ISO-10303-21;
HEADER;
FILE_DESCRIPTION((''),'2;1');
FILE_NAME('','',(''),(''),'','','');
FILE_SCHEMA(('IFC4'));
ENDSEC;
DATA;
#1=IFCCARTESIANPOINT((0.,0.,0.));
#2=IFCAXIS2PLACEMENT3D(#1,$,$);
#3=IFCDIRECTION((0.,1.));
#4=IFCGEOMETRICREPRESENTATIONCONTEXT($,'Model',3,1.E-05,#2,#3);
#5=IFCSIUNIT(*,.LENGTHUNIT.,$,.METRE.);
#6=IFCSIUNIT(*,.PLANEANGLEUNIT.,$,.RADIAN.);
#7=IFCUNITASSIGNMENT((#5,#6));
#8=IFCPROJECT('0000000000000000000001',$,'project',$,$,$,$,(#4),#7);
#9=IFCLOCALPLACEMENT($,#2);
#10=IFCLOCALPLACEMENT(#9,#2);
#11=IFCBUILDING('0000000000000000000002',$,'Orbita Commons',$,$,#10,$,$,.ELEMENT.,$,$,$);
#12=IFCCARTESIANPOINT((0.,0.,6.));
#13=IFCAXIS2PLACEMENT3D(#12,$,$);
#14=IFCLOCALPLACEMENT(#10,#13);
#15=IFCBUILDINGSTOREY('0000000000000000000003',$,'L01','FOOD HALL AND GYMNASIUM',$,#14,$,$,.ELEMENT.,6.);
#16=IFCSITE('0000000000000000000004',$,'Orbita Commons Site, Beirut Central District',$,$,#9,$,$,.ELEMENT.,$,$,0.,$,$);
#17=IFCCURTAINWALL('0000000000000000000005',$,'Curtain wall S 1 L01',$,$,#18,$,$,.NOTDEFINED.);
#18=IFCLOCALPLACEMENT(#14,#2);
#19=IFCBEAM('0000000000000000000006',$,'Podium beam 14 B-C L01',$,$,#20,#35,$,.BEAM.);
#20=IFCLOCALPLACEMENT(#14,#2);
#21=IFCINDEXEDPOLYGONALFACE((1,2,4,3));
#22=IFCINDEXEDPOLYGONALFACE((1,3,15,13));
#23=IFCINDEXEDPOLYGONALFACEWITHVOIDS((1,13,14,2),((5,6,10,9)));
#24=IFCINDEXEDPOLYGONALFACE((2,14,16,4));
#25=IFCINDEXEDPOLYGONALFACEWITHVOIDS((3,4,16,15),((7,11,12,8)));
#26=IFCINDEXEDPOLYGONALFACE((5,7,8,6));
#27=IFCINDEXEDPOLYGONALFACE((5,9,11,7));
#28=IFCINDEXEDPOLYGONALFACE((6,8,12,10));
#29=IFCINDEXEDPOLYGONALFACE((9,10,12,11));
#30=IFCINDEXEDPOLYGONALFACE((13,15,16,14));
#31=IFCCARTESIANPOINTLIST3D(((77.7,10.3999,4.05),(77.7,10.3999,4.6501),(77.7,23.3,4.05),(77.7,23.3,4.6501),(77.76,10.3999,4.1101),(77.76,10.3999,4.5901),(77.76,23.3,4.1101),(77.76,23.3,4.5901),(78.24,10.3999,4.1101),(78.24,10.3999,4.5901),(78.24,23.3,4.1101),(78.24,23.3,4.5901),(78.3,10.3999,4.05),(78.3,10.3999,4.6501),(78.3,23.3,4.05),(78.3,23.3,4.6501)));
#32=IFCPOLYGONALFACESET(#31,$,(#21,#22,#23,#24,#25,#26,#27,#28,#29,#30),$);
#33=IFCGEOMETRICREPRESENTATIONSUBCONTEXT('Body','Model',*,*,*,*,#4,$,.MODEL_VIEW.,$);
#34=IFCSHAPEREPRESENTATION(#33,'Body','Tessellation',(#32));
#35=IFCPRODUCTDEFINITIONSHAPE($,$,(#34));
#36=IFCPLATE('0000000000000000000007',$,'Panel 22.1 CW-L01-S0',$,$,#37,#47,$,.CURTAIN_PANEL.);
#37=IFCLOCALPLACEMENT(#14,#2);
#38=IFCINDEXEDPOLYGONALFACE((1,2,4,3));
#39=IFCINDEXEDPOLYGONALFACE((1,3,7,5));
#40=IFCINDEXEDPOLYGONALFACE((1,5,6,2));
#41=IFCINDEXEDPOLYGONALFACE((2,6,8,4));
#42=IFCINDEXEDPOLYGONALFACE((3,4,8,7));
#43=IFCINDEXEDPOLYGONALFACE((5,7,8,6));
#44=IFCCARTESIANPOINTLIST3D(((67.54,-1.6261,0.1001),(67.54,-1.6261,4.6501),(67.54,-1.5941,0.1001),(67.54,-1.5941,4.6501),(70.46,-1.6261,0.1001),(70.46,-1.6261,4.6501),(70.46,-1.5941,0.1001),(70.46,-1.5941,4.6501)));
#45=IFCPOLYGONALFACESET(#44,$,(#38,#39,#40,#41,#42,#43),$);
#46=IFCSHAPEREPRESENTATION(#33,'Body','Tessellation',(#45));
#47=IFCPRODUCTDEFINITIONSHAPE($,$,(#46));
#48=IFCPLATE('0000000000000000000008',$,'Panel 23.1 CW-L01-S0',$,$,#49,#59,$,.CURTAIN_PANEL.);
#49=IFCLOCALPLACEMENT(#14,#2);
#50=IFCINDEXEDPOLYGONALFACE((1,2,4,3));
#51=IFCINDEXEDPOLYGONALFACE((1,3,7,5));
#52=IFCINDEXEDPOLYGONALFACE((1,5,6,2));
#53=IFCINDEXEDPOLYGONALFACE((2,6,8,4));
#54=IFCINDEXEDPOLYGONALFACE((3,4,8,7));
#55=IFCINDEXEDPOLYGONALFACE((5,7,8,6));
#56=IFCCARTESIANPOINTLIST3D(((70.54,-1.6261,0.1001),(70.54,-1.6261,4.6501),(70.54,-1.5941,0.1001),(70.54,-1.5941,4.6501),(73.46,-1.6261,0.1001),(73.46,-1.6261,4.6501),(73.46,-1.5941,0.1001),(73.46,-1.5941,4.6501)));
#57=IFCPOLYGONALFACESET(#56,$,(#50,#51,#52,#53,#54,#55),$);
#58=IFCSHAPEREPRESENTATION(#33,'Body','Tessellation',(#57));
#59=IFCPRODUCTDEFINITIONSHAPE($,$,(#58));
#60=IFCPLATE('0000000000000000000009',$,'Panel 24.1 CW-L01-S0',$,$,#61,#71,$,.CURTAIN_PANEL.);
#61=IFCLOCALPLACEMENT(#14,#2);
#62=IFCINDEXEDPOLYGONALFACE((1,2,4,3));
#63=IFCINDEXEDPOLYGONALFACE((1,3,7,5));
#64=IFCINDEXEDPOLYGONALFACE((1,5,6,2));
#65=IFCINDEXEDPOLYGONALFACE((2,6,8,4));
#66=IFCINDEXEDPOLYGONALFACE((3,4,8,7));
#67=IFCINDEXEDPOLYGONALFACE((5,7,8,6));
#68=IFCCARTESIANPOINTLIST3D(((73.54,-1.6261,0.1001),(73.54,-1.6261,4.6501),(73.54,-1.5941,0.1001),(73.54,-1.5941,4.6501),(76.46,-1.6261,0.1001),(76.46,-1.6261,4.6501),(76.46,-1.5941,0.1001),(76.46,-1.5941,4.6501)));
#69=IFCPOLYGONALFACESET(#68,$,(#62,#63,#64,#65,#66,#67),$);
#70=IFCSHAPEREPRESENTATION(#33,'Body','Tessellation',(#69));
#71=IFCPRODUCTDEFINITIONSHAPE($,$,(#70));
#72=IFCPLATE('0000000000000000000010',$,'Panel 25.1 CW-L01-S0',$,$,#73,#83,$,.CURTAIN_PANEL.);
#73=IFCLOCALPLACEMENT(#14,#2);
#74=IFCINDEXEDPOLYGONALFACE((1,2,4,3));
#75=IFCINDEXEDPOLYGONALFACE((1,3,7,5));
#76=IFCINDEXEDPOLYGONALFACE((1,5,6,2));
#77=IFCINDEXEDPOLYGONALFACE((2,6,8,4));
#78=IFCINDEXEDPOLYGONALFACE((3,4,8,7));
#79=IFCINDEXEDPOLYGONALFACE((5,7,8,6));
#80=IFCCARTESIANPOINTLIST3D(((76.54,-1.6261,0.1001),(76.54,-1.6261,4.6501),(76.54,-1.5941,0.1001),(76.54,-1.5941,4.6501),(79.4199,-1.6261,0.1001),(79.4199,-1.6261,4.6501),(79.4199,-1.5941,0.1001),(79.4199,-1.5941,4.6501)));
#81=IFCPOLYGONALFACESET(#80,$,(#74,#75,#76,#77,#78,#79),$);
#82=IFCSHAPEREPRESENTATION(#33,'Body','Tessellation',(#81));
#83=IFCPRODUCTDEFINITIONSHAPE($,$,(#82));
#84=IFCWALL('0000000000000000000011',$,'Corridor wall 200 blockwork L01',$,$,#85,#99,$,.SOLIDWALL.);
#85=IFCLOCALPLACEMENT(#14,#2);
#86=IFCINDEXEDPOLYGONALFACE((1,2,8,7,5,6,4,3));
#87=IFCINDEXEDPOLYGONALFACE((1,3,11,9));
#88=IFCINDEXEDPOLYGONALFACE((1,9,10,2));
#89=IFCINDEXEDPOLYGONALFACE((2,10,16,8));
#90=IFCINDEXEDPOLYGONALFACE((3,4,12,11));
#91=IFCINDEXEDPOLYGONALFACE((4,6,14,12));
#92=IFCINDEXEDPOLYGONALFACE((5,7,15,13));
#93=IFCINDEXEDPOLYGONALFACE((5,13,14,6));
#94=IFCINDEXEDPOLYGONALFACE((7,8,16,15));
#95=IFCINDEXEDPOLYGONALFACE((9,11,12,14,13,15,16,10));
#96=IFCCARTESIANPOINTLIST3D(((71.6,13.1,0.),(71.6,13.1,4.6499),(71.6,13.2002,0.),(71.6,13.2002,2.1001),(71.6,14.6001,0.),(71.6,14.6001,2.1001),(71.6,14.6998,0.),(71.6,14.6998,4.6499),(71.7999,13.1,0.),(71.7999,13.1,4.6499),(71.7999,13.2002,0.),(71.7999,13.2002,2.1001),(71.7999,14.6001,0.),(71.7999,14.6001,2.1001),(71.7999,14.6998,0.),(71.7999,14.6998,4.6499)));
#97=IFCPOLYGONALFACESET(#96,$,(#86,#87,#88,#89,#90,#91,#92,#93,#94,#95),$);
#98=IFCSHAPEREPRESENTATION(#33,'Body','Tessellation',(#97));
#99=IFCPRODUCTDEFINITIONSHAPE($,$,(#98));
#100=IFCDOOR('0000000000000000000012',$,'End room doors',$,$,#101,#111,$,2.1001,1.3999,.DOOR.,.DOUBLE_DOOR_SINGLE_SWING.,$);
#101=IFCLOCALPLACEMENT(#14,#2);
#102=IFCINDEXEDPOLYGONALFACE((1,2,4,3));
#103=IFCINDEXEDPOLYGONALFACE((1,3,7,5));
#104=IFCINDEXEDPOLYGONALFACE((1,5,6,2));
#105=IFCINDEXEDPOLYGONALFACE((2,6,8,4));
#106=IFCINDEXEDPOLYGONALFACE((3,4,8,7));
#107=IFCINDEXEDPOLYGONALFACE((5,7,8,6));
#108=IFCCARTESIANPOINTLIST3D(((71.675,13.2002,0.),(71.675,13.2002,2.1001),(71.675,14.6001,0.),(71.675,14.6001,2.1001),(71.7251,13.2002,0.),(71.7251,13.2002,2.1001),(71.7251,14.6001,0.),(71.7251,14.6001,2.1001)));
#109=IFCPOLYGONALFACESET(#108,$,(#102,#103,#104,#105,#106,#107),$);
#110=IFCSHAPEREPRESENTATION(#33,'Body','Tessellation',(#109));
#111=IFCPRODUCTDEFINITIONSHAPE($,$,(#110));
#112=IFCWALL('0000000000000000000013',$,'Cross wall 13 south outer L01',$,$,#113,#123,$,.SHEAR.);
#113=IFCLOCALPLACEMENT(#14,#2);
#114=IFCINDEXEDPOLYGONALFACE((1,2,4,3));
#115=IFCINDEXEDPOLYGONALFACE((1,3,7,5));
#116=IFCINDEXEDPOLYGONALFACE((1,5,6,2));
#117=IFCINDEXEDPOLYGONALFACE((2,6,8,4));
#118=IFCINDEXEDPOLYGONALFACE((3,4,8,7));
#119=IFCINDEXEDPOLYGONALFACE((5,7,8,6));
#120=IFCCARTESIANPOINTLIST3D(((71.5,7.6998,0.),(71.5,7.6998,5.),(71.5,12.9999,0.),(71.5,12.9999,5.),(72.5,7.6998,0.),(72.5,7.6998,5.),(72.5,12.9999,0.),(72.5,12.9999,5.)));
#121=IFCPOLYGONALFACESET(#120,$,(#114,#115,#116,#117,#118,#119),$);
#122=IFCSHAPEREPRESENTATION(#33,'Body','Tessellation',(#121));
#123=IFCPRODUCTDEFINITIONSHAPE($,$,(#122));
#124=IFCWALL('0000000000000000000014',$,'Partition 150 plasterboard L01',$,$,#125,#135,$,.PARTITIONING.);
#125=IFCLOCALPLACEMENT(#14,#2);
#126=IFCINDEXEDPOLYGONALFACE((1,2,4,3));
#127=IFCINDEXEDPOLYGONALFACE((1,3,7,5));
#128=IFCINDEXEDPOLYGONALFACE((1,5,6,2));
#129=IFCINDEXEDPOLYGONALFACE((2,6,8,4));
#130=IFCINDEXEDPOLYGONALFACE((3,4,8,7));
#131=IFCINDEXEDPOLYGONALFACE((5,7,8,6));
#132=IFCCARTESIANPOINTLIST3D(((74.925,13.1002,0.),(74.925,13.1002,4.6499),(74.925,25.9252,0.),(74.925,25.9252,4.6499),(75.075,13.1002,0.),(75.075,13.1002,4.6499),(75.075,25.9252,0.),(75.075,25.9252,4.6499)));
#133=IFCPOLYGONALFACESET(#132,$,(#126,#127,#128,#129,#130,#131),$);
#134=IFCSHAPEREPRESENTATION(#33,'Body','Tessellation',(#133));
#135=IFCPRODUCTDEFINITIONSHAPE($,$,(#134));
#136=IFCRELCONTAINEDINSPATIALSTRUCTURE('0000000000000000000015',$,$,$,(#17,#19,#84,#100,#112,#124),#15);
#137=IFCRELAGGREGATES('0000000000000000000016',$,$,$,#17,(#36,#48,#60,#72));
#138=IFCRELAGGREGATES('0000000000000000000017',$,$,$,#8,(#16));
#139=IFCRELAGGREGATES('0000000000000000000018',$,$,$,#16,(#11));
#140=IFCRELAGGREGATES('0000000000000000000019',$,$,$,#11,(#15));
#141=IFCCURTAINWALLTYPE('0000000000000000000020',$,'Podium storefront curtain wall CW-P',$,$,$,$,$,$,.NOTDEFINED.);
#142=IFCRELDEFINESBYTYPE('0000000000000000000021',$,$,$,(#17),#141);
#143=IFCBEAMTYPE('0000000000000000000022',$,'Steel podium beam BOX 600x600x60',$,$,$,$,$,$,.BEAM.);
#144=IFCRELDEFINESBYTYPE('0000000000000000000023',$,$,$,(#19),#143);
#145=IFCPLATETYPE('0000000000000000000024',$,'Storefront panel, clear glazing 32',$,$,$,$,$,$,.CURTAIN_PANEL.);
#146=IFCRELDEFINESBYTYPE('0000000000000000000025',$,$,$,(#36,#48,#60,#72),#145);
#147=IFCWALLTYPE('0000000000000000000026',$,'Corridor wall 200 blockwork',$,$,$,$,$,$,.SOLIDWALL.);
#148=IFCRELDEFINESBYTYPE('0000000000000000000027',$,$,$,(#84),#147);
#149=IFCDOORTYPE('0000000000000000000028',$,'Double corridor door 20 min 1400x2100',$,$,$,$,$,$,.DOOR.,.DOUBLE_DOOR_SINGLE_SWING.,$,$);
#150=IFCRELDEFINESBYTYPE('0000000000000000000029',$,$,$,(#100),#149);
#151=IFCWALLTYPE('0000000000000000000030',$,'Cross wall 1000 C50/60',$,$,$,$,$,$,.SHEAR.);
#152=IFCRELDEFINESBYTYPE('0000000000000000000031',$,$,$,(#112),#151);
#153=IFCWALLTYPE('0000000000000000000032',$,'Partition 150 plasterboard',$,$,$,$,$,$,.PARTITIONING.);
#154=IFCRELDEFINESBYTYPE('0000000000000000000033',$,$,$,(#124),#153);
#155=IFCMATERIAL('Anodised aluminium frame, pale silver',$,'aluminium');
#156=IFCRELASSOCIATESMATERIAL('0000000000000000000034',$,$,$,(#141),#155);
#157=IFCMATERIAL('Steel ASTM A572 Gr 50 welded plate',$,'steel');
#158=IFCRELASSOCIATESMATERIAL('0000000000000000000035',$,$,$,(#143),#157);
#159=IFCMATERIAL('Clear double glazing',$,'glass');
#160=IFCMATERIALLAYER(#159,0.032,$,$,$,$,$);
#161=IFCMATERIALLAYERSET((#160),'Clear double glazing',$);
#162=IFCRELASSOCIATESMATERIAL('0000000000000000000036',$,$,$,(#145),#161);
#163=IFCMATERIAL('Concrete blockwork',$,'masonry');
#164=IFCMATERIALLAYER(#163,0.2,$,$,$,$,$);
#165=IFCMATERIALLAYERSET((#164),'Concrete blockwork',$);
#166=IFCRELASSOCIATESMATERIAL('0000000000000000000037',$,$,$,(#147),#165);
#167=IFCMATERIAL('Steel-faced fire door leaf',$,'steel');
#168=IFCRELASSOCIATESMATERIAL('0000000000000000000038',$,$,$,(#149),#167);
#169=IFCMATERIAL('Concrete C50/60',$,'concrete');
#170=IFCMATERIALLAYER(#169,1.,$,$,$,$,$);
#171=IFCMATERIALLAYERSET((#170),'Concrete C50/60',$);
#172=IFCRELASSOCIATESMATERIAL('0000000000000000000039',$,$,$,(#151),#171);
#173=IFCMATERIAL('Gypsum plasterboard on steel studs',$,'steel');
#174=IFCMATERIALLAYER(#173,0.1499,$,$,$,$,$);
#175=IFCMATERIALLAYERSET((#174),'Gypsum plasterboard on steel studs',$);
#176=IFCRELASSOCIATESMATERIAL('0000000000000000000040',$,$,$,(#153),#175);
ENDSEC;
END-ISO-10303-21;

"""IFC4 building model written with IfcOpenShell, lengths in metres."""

from ifc_helpers import new_model, si_unit, direction, frame, frame_2d, origin, origin_2d, place, context, subcontext, project, spatial, rectangle, hollow_rectangle, extrude, material, layer, layer_set, material_profile, profile_set, type_object, element, fill, aggregate, save


model = new_model("IFC4")

# Units and contexts
model_context = context("Model", 3, precision=1e-05, world=origin(), true_north=direction((0.0, 1.0)))
body_context = subcontext(model_context, "Body", "Model", "MODEL_VIEW")
ifc_project = project(units=[si_unit("LENGTHUNIT", "METRE"), si_unit("PLANEANGLEUNIT", "RADIAN")], contexts=[model_context])

# Site, building, storey
site_placement = place(None, origin())
site = spatial("IfcSite", under=ifc_project, at=site_placement, Name="Orbita Commons Site, Beirut Central District", CompositionType="ELEMENT", RefElevation=0.0)
building_placement = place(site_placement, origin())
building = spatial("IfcBuilding", under=site, at=building_placement, Name="Orbita Commons", CompositionType="ELEMENT")
storey_placement = place(building_placement, frame((0.0, 0.0, 6.0)))
storey = spatial("IfcBuildingStorey", under=building, at=storey_placement, Name="L01", Description="FOOD HALL AND GYMNASIUM", CompositionType="ELEMENT", Elevation=6.0)

# Curtain wall
ifc_material_1 = material(Name="Anodised aluminium frame, pale silver", Category="aluminium")
curtain_wall_type = type_object("IfcCurtainWallType", Name="Podium storefront curtain wall CW-P", PredefinedType="NOTDEFINED", material=ifc_material_1)
curtain_wall_placement = place(storey_placement, origin())
curtain_wall = element("IfcCurtainWall", 1, at=curtain_wall_placement, inside=storey, type_object=curtain_wall_type, Name="Curtain wall S 1 L01", PredefinedType="NOTDEFINED")

# Beam
ifc_material_2 = material(Name="Steel ASTM A572 Gr 50 welded plate", Category="steel")
ifc_material_profile_1 = material_profile(ifc_material_2, hollow_rectangle(XDim=0.6001, YDim=0.6001, WallThickness=0.0601, at=origin_2d()), Name="BOX 600x600x60")
ifc_profile_set_1 = profile_set([ifc_material_profile_1], Name="Steel ASTM A572 Gr 50 welded plate")
beam_type = type_object("IfcBeamType", Name="Steel podium beam BOX 600x600x60", PredefinedType="BEAM", material=ifc_profile_set_1)
beam_1_placement = place(storey_placement, frame((78.0, 10.3999, 4.3501), z_axis=(0.0, 1.0, 0.0), x_axis=(-1.0, 0.0, 0.0)))
element("IfcBeam", 2, at=beam_1_placement, inside=storey, type_object=beam_type, Name="Podium beam 14 B-C L01", PredefinedType="BEAM", context=body_context, shape_type="SweptSolid", body=[
    extrude(hollow_rectangle(XDim=0.6001, YDim=0.6001, WallThickness=0.0601, at=origin_2d()), origin(), (0.0, 0.0, 1.0), 12.9001),
])

# Plates
ifc_material_3 = material(Name="Clear double glazing", Category="glass")
ifc_layer_1 = layer(ifc_material_3, 0.032)
ifc_layer_set_1 = layer_set([ifc_layer_1], Name="Clear double glazing")
plate_type = type_object("IfcPlateType", Name="Storefront panel, clear glazing 32", PredefinedType="CURTAIN_PANEL", material=ifc_layer_set_1)
plate_1_placement = place(storey_placement, frame((69.0, -1.6101, 0.1001), z_axis=(0.0, 0.0, 1.0), x_axis=(1.0, 0.0, 0.0)))
plate_1 = element("IfcPlate", 3, at=plate_1_placement, type_object=plate_type, Name="Panel 22.1 CW-L01-S0", PredefinedType="CURTAIN_PANEL", context=body_context, shape_type="SweptSolid", body=[
    extrude(rectangle(XDim=2.9199, YDim=0.032, at=origin_2d()), origin(), (0.0, 0.0, 1.0), 4.55),
])
plate_2_placement = place(storey_placement, frame((72.0, -1.6101, 0.1001), z_axis=(0.0, 0.0, 1.0), x_axis=(1.0, 0.0, 0.0)))
plate_2 = element("IfcPlate", 4, at=plate_2_placement, type_object=plate_type, Name="Panel 23.1 CW-L01-S0", PredefinedType="CURTAIN_PANEL", context=body_context, shape_type="SweptSolid", body=[
    extrude(rectangle(XDim=2.9199, YDim=0.032, at=origin_2d()), origin(), (0.0, 0.0, 1.0), 4.55),
])
plate_3_placement = place(storey_placement, frame((75.0, -1.6101, 0.1001), z_axis=(0.0, 0.0, 1.0), x_axis=(1.0, 0.0, 0.0)))
plate_3 = element("IfcPlate", 5, at=plate_3_placement, type_object=plate_type, Name="Panel 24.1 CW-L01-S0", PredefinedType="CURTAIN_PANEL", context=body_context, shape_type="SweptSolid", body=[
    extrude(rectangle(XDim=2.9199, YDim=0.032, at=origin_2d()), origin(), (0.0, 0.0, 1.0), 4.55),
])
plate_4_placement = place(storey_placement, frame((77.98, -1.6101, 0.1001), z_axis=(0.0, 0.0, 1.0), x_axis=(1.0, 0.0, 0.0)))
plate_4 = element("IfcPlate", 6, at=plate_4_placement, type_object=plate_type, Name="Panel 25.1 CW-L01-S0", PredefinedType="CURTAIN_PANEL", context=body_context, shape_type="SweptSolid", body=[
    extrude(rectangle(XDim=2.8799, YDim=0.032, at=origin_2d()), origin(), (0.0, 0.0, 1.0), 4.55),
])
aggregate(curtain_wall, [plate_1, plate_2, plate_3, plate_4])

# Wall, opening, door
ifc_material_4 = material(Name="Concrete blockwork", Category="masonry")
ifc_layer_2 = layer(ifc_material_4, 0.2)
ifc_layer_set_2 = layer_set([ifc_layer_2], Name="Concrete blockwork")
wall_type_1 = type_object("IfcWallType", Name="Corridor wall 200 blockwork", PredefinedType="SOLIDWALL", material=ifc_layer_set_2)
wall_1_placement = place(storey_placement, frame((71.7, 13.1001, 0.0), z_axis=(0.0, 0.0, 1.0), x_axis=(0.0, 1.0, 0.0)))
wall_1 = element("IfcWall", 7, at=wall_1_placement, inside=storey, type_object=wall_type_1, Name="Corridor wall 200 blockwork L01", PredefinedType="SOLIDWALL", context=body_context, shape_type="SweptSolid", body=[
    extrude(rectangle(XDim=1.5999, YDim=0.2, at=frame_2d((0.7998, 0.0))), origin(), (0.0, 0.0, 1.0), 4.6499),
])
opening_placement = place(wall_1_placement, frame((0.1001, 0.0, 0.0)))
opening = element("IfcOpeningElement", 8, at=opening_placement, cuts=wall_1, PredefinedType="OPENING", context=body_context, shape_type="SweptSolid", body=[
    extrude(rectangle(XDim=1.3999, YDim=2.1001, at=frame_2d((0.7, 1.05))), frame((0.0, 0.1099, 0.0), z_axis=(0.0, -1.0, 0.0), x_axis=(1.0, 0.0, 0.0)), (0.0, 0.0, 1.0), 0.22),
])
ifc_material_5 = material(Name="Steel-faced fire door leaf", Category="steel")
door_type = type_object("IfcDoorType", Name="Double corridor door 20 min 1400x2100", OperationType="DOUBLE_DOOR_SINGLE_SWING", PredefinedType="DOOR", material=ifc_material_5)
door_placement = place(opening_placement, origin())
door = element("IfcDoor", 9, at=door_placement, inside=storey, type_object=door_type, Name="End room doors", OperationType="DOUBLE_DOOR_SINGLE_SWING", OverallHeight=2.1001, OverallWidth=1.3999, PredefinedType="DOOR", context=body_context, shape_type="SweptSolid", body=[
    extrude(rectangle(XDim=1.3999, YDim=2.1001, at=frame_2d((0.7, 1.05))), frame((0.0, 0.0249, 0.0), z_axis=(0.0, -1.0, 0.0), x_axis=(1.0, 0.0, 0.0)), (0.0, 0.0, 1.0), 0.05),
])
fill(opening, door)

# Walls
ifc_material_6 = material(Name="Concrete C50/60", Category="concrete")
ifc_layer_3 = layer(ifc_material_6, 1.0)
ifc_layer_set_3 = layer_set([ifc_layer_3], Name="Concrete C50/60")
wall_type_2 = type_object("IfcWallType", Name="Cross wall 1000 C50/60", PredefinedType="SHEAR", material=ifc_layer_set_3)
wall_2_placement = place(storey_placement, frame((72.0, 7.7, 0.0), z_axis=(0.0, 0.0, 1.0), x_axis=(0.0, 1.0, 0.0)))
element("IfcWall", 10, at=wall_2_placement, inside=storey, type_object=wall_type_2, Name="Cross wall 13 south outer L01", PredefinedType="SHEAR", context=body_context, shape_type="SweptSolid", body=[
    extrude(rectangle(XDim=5.3, YDim=1.0, at=frame_2d((2.6499, 0.0))), origin(), (0.0, 0.0, 1.0), 5.0),
])
ifc_material_7 = material(Name="Gypsum plasterboard on steel studs", Category="steel")
ifc_layer_4 = layer(ifc_material_7, 0.1499)
ifc_layer_set_4 = layer_set([ifc_layer_4], Name="Gypsum plasterboard on steel studs")
wall_type_3 = type_object("IfcWallType", Name="Partition 150 plasterboard", PredefinedType="PARTITIONING", material=ifc_layer_set_4)
wall_3_placement = place(storey_placement, frame((75.0, 13.1001, 0.0), z_axis=(0.0, 0.0, 1.0), x_axis=(0.0, 1.0, 0.0)))
element("IfcWall", 11, at=wall_3_placement, inside=storey, type_object=wall_type_3, Name="Partition 150 plasterboard L01", PredefinedType="PARTITIONING", context=body_context, shape_type="SweptSolid", body=[
    extrude(rectangle(XDim=12.825, YDim=0.1499, at=frame_2d((6.4126, 0.0))), origin(), (0.0, 0.0, 1.0), 4.6499),
])

save(model, "model.ifc")
